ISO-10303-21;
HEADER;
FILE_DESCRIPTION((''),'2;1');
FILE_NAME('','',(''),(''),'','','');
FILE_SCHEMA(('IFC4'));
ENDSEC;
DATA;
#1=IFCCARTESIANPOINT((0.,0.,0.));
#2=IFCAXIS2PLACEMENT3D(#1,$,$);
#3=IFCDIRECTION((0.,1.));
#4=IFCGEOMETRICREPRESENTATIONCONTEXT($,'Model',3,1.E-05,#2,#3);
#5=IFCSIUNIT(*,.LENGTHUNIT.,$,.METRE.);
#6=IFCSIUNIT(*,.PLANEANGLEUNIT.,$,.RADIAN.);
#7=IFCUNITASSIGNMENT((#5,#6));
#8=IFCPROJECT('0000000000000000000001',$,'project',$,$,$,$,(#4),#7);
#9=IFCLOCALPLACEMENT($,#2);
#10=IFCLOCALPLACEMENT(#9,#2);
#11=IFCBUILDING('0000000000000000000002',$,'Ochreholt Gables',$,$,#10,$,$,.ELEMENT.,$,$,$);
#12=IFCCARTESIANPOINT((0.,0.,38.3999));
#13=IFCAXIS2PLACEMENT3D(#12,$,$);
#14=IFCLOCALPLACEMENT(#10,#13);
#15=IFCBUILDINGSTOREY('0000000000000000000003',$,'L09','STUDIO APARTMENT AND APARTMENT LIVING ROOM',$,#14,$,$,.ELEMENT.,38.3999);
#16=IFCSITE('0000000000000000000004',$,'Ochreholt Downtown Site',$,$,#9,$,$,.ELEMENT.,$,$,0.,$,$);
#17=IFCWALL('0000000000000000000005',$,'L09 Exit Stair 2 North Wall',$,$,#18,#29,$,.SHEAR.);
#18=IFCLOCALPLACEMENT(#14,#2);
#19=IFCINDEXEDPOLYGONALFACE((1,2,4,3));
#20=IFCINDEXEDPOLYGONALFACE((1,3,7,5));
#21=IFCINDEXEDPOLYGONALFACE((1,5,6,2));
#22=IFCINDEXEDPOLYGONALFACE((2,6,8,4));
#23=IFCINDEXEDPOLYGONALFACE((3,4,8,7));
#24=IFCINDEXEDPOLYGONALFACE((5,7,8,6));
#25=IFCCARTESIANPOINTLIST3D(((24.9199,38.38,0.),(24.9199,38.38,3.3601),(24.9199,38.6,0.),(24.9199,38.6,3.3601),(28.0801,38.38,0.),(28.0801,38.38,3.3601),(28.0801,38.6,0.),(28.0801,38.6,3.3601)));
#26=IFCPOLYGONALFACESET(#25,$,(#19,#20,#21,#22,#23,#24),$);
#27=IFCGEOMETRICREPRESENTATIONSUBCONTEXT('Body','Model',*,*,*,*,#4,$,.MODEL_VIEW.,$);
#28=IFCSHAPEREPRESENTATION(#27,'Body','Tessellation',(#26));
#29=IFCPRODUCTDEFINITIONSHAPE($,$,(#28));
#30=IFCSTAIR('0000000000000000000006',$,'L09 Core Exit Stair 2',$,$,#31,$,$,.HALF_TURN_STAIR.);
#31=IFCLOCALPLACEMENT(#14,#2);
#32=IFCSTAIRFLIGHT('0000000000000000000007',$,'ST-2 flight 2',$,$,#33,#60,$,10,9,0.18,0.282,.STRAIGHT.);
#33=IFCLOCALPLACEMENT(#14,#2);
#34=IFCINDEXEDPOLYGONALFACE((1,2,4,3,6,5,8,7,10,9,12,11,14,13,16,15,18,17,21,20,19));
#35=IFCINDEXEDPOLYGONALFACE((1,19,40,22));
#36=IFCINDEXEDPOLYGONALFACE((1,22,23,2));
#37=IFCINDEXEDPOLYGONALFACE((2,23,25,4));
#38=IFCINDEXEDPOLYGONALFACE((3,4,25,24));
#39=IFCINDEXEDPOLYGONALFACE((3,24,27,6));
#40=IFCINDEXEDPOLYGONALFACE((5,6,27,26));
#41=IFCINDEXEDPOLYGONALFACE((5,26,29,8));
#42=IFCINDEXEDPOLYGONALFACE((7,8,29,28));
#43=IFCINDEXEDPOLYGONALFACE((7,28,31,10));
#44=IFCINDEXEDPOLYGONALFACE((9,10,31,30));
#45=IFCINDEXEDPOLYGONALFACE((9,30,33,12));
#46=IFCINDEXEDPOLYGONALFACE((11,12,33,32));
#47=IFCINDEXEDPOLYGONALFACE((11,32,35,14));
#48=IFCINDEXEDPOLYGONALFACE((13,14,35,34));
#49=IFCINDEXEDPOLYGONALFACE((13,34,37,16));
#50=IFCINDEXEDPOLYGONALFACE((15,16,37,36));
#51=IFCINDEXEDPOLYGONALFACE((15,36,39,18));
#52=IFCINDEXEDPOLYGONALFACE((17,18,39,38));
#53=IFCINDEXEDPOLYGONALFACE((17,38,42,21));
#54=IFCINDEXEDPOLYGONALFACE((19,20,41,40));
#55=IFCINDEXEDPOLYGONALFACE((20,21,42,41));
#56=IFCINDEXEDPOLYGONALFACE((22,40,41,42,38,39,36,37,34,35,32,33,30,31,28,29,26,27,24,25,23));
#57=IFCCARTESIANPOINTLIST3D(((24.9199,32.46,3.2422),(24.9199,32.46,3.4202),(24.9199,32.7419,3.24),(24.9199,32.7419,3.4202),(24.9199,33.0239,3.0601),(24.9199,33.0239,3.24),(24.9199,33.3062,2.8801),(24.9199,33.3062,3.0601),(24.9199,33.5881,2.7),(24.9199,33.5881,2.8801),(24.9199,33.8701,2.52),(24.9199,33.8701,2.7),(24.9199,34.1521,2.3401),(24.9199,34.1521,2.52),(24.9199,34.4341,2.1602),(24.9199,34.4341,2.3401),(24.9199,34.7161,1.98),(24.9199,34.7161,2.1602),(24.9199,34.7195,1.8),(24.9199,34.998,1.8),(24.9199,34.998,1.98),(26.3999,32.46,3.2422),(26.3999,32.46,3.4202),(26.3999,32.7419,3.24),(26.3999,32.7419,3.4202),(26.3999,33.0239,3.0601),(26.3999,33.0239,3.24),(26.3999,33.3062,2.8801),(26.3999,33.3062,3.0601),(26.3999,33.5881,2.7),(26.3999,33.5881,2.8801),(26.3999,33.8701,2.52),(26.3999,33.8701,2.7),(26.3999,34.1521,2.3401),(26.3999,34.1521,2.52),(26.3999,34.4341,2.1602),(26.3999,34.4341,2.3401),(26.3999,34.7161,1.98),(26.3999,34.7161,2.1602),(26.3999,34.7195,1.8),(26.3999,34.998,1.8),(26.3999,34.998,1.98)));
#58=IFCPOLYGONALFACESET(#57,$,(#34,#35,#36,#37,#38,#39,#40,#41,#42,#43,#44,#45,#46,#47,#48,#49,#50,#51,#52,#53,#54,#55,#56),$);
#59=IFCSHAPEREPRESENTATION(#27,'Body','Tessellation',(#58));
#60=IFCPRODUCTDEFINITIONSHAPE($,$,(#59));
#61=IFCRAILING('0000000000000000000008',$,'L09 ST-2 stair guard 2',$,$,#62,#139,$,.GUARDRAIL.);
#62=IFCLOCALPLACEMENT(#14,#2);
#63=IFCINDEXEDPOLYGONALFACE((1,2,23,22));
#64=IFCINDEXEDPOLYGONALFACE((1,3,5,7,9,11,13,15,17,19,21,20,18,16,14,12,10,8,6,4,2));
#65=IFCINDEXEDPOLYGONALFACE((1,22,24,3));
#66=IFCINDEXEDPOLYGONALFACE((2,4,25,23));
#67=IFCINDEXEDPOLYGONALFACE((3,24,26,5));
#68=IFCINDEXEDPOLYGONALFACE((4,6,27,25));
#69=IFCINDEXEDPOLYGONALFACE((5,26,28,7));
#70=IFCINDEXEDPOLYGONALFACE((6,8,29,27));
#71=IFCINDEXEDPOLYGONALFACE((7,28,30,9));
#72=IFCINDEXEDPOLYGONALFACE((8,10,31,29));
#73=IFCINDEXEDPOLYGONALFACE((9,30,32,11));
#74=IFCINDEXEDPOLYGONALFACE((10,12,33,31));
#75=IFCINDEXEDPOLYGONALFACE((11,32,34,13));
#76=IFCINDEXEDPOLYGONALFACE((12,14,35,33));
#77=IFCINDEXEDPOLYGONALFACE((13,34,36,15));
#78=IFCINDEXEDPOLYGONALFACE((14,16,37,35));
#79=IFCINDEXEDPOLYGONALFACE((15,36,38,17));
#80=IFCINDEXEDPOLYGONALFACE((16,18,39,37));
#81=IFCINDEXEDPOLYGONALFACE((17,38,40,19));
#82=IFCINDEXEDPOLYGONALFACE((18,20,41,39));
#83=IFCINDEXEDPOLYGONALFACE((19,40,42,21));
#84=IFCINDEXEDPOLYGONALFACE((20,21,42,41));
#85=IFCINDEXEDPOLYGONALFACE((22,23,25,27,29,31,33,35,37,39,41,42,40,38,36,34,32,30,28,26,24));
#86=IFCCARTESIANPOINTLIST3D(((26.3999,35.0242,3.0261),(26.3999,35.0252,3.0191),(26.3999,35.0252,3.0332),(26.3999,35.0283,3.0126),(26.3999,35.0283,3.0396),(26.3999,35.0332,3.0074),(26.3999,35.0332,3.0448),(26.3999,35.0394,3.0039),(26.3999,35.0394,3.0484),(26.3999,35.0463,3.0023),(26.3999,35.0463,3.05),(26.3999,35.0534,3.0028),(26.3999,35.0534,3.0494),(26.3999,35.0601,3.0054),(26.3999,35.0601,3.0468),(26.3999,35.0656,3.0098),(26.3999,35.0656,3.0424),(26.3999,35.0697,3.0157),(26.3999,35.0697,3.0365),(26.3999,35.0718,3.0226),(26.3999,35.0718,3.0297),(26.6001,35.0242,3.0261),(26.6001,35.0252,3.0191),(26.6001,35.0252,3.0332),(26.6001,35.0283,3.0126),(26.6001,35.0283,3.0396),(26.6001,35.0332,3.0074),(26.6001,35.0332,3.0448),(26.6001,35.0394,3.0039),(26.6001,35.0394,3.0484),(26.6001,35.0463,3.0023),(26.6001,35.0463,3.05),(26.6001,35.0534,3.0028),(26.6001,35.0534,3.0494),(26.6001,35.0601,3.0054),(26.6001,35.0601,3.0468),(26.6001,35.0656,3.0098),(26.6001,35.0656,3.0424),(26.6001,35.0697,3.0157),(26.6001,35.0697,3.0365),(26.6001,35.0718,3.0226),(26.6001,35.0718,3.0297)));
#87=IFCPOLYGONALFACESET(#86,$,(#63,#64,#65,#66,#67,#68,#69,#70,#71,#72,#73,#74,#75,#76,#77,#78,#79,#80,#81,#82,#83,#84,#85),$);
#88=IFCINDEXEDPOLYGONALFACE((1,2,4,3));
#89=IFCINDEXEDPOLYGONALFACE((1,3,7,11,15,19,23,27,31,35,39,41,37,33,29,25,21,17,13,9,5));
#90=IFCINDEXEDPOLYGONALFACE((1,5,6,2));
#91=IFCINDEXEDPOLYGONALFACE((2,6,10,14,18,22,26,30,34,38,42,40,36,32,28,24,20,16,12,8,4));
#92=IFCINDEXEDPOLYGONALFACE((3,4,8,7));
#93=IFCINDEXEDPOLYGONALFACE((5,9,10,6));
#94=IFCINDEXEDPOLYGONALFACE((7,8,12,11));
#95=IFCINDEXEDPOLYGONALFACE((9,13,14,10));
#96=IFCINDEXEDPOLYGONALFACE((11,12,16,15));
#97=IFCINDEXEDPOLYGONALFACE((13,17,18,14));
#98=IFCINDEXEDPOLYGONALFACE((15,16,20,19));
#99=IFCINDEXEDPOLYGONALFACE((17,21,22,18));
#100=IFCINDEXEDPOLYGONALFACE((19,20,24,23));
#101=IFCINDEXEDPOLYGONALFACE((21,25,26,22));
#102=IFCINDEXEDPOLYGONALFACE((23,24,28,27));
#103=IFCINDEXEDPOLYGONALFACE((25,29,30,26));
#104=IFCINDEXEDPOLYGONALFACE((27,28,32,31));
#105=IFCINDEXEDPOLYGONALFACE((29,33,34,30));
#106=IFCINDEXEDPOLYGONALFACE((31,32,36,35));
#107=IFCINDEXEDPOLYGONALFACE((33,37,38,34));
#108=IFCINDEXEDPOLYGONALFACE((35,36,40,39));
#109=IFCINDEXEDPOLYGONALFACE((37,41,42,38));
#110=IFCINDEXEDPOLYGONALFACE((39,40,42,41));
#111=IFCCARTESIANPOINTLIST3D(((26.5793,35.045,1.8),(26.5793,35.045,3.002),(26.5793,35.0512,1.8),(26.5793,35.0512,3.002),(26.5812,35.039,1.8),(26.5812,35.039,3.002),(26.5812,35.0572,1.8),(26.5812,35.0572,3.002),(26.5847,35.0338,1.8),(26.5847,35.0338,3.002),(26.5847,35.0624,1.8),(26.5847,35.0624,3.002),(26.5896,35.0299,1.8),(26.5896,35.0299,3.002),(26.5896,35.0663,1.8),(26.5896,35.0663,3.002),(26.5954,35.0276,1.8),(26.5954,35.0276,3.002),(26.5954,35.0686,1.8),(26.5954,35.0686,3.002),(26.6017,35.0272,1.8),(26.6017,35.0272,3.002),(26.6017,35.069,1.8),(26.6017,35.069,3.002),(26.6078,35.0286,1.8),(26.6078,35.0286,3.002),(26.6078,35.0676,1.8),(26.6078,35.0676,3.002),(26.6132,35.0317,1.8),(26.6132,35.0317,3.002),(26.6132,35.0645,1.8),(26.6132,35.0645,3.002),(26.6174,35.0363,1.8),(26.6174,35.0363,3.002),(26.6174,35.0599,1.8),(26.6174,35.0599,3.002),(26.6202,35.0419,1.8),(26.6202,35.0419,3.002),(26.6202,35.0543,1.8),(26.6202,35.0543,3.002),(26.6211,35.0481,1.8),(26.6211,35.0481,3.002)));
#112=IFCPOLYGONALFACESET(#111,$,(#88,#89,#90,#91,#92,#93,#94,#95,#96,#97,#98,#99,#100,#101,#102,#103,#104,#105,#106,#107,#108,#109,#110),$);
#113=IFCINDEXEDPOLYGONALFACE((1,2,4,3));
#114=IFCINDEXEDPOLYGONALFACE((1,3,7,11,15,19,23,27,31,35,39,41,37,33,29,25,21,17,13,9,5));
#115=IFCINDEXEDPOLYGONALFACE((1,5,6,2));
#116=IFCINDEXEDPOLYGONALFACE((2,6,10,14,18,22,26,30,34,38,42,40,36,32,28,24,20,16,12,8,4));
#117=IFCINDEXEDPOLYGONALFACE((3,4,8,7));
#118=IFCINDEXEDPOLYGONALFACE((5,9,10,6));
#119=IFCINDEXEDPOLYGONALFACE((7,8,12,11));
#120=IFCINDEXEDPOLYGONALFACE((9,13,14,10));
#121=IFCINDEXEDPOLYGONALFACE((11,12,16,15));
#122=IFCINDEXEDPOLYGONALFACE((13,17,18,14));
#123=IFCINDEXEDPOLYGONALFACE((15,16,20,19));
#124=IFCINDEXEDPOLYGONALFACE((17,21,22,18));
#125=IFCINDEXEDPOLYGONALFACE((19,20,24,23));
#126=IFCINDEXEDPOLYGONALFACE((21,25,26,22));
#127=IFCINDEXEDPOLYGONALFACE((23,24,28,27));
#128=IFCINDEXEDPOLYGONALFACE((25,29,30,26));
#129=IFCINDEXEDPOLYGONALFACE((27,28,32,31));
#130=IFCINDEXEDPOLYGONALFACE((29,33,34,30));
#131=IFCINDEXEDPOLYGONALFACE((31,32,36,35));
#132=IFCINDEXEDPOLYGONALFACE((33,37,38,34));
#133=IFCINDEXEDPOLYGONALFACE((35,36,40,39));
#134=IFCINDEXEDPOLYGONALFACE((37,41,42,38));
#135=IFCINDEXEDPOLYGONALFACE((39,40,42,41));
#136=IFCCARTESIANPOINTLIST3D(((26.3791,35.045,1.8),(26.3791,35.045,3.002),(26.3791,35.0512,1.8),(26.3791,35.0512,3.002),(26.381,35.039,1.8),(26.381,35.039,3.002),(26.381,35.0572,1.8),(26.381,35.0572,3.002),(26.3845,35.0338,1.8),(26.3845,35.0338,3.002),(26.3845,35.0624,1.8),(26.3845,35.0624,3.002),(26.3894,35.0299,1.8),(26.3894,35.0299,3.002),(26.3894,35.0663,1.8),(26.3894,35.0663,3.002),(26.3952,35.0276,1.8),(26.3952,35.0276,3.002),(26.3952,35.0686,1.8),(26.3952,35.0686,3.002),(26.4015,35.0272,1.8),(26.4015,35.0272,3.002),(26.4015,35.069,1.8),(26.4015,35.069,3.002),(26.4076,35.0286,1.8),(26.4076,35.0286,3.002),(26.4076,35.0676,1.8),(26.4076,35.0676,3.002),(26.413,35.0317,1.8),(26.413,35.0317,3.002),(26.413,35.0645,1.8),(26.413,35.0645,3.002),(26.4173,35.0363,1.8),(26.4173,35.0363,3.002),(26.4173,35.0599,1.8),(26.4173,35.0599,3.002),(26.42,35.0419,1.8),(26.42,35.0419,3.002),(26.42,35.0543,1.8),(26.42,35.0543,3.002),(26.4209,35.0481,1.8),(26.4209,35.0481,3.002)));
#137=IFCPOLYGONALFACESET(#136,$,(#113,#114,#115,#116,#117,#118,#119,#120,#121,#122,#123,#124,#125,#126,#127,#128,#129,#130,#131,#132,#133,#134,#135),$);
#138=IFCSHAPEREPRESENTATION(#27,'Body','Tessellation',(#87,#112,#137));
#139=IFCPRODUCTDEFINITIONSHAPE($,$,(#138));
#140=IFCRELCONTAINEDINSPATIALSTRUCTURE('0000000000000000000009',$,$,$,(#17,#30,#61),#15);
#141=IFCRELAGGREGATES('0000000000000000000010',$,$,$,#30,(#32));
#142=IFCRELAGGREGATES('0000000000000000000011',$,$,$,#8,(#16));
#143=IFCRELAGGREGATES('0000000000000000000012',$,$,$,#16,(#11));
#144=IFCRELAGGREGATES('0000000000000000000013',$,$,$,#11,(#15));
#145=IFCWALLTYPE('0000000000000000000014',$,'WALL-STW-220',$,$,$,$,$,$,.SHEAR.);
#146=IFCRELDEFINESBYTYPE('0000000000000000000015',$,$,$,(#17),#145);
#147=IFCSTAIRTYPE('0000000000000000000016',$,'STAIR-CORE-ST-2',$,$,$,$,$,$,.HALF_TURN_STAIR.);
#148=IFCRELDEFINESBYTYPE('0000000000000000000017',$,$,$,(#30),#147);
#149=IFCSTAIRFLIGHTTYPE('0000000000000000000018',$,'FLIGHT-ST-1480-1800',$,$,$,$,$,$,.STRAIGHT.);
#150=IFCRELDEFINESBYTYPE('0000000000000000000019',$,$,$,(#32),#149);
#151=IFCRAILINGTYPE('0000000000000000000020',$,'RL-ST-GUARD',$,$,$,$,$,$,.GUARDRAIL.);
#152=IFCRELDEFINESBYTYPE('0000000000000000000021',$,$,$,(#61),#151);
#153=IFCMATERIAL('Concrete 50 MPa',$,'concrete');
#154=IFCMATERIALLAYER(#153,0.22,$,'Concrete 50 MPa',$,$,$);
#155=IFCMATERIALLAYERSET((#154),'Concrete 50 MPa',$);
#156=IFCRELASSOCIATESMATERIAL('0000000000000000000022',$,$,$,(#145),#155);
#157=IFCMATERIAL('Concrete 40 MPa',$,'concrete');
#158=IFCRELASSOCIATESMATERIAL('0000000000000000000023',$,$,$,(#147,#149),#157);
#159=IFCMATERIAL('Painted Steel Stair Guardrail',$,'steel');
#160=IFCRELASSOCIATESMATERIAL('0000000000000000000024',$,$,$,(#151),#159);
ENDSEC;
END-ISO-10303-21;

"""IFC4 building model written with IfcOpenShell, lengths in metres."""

from ifc_helpers import new_model, si_unit, direction, frame, frame_2d, origin, origin_2d, place, context, subcontext, project, spatial, polyline, rectangle, circle, outline, extrude, material, layer, layer_set, type_object, element, aggregate, save


model = new_model("IFC4")

# Units and contexts
model_context = context("Model", 3, precision=1e-05, world=origin(), true_north=direction((0.0, 1.0)))
body_context = subcontext(model_context, "Body", "Model", "MODEL_VIEW")
ifc_project = project(units=[si_unit("LENGTHUNIT", "METRE"), si_unit("PLANEANGLEUNIT", "RADIAN")], contexts=[model_context])

# Site, building, storey
site_placement = place(None, origin())
site = spatial("IfcSite", under=ifc_project, at=site_placement, Name="Ochreholt Downtown Site", CompositionType="ELEMENT", RefElevation=0.0)
building_placement = place(site_placement, origin())
building = spatial("IfcBuilding", under=site, at=building_placement, Name="Ochreholt Gables", CompositionType="ELEMENT")
storey_placement = place(building_placement, frame((0.0, 0.0, 38.3999)))
storey = spatial("IfcBuildingStorey", under=building, at=storey_placement, Name="L09", Description="STUDIO APARTMENT AND APARTMENT LIVING ROOM", CompositionType="ELEMENT", Elevation=38.3999)

# Wall
ifc_material_1 = material(Name="Concrete 50 MPa", Category="concrete")
ifc_layer_1 = layer(ifc_material_1, 0.22, Name="Concrete 50 MPa")
ifc_layer_set_1 = layer_set([ifc_layer_1], Name="Concrete 50 MPa")
wall_type_1 = type_object("IfcWallType", Name="WALL-STW-220", PredefinedType="SHEAR", material=ifc_layer_set_1)
wall_1_placement = place(storey_placement, frame((24.9199, 38.49, 0.0), z_axis=(0.0, 0.0, 1.0), x_axis=(1.0, 0.0, 0.0)))
element("IfcWall", 1, at=wall_1_placement, inside=storey, type_object=wall_type_1, Name="L09 Exit Stair 2 North Wall", PredefinedType="SHEAR", context=body_context, shape_type="SweptSolid", body=[
    extrude(rectangle(XDim=3.1602, YDim=0.22, at=frame_2d((1.5801, 0.0))), origin(), (0.0, 0.0, 1.0), 3.3601),
])

# Stair, stair flight
ifc_material_2 = material(Name="Concrete 40 MPa", Category="concrete")
stair_type = type_object("IfcStairType", Name="STAIR-CORE-ST-2", PredefinedType="HALF_TURN_STAIR", material=ifc_material_2)
stair_placement = place(storey_placement, origin())
stair = element("IfcStair", 2, at=stair_placement, inside=storey, type_object=stair_type, Name="L09 Core Exit Stair 2", PredefinedType="HALF_TURN_STAIR")
stair_flight_type = type_object("IfcStairFlightType", Name="FLIGHT-ST-1480-1800", PredefinedType="STRAIGHT", material=ifc_material_2)
stair_flight_placement = place(storey_placement, frame((25.6599, 34.998, 1.8), z_axis=(0.0, 0.0, 1.0), x_axis=(0.0, -1.0, 0.0)))
stair_flight = element("IfcStairFlight", 3, at=stair_flight_placement, type_object=stair_flight_type, Name="ST-2 flight 2", NumberOfRisers=10, NumberOfTreads=9, PredefinedType="STRAIGHT", RiserHeight=0.18, TreadLength=0.282, context=body_context, shape_type="SweptSolid", body=[
    extrude(outline(polyline([(0.0, 0.0), (0.0, 0.1799), (0.282, 0.1799), (0.282, 0.3601), (0.564, 0.3601), (0.564, 0.54), (0.8459, 0.54), (0.8459, 0.72), (1.1279, 0.72), (1.1279, 0.8999), (1.4099, 0.8999), (1.4099, 1.0801), (1.6919, 1.0801), (1.6919, 1.26), (1.9741, 1.26), (1.9741, 1.4399), (2.2561, 1.4399), (2.2561, 1.6201), (2.5381, 1.6201), (2.5381, 1.8), (2.5381, 1.4421), (0.2786, 0.0), (0.0, 0.0)])), frame((0.0, 0.74, 0.0), z_axis=(0.0, -1.0, 0.0), x_axis=(1.0, 0.0, 0.0)), (0.0, 0.0, 1.0), 1.48),
])
aggregate(stair, [stair_flight])

# Railing
ifc_material_3 = material(Name="Painted Steel Stair Guardrail", Category="steel")
railing_type_1 = type_object("IfcRailingType", Name="RL-ST-GUARD", PredefinedType="GUARDRAIL", material=ifc_material_3)
railing_1_placement = place(storey_placement, frame((26.6001, 35.0481, 1.8)))
element("IfcRailing", 4, at=railing_1_placement, inside=storey, type_object=railing_type_1, Name="L09 ST-2 stair guard 2", PredefinedType="GUARDRAIL", context=body_context, shape_type="SweptSolid", body=[
    extrude(circle(Radius=0.0239, at=origin_2d()), frame((0.0, 0.0, 1.2261), z_axis=(-1.0, 0.0, 0.0), x_axis=(0.0, -1.0, 0.0)), (0.0, 0.0, 1.0), 0.2002),
    extrude(circle(Radius=0.021, at=origin_2d()), origin(), (0.0, 0.0, 1.0), 1.2019),
    extrude(circle(Radius=0.021, at=origin_2d()), frame((-0.2002, 0.0, 0.0)), (0.0, 0.0, 1.0), 1.2019),
])

save(model, "model.ifc")
